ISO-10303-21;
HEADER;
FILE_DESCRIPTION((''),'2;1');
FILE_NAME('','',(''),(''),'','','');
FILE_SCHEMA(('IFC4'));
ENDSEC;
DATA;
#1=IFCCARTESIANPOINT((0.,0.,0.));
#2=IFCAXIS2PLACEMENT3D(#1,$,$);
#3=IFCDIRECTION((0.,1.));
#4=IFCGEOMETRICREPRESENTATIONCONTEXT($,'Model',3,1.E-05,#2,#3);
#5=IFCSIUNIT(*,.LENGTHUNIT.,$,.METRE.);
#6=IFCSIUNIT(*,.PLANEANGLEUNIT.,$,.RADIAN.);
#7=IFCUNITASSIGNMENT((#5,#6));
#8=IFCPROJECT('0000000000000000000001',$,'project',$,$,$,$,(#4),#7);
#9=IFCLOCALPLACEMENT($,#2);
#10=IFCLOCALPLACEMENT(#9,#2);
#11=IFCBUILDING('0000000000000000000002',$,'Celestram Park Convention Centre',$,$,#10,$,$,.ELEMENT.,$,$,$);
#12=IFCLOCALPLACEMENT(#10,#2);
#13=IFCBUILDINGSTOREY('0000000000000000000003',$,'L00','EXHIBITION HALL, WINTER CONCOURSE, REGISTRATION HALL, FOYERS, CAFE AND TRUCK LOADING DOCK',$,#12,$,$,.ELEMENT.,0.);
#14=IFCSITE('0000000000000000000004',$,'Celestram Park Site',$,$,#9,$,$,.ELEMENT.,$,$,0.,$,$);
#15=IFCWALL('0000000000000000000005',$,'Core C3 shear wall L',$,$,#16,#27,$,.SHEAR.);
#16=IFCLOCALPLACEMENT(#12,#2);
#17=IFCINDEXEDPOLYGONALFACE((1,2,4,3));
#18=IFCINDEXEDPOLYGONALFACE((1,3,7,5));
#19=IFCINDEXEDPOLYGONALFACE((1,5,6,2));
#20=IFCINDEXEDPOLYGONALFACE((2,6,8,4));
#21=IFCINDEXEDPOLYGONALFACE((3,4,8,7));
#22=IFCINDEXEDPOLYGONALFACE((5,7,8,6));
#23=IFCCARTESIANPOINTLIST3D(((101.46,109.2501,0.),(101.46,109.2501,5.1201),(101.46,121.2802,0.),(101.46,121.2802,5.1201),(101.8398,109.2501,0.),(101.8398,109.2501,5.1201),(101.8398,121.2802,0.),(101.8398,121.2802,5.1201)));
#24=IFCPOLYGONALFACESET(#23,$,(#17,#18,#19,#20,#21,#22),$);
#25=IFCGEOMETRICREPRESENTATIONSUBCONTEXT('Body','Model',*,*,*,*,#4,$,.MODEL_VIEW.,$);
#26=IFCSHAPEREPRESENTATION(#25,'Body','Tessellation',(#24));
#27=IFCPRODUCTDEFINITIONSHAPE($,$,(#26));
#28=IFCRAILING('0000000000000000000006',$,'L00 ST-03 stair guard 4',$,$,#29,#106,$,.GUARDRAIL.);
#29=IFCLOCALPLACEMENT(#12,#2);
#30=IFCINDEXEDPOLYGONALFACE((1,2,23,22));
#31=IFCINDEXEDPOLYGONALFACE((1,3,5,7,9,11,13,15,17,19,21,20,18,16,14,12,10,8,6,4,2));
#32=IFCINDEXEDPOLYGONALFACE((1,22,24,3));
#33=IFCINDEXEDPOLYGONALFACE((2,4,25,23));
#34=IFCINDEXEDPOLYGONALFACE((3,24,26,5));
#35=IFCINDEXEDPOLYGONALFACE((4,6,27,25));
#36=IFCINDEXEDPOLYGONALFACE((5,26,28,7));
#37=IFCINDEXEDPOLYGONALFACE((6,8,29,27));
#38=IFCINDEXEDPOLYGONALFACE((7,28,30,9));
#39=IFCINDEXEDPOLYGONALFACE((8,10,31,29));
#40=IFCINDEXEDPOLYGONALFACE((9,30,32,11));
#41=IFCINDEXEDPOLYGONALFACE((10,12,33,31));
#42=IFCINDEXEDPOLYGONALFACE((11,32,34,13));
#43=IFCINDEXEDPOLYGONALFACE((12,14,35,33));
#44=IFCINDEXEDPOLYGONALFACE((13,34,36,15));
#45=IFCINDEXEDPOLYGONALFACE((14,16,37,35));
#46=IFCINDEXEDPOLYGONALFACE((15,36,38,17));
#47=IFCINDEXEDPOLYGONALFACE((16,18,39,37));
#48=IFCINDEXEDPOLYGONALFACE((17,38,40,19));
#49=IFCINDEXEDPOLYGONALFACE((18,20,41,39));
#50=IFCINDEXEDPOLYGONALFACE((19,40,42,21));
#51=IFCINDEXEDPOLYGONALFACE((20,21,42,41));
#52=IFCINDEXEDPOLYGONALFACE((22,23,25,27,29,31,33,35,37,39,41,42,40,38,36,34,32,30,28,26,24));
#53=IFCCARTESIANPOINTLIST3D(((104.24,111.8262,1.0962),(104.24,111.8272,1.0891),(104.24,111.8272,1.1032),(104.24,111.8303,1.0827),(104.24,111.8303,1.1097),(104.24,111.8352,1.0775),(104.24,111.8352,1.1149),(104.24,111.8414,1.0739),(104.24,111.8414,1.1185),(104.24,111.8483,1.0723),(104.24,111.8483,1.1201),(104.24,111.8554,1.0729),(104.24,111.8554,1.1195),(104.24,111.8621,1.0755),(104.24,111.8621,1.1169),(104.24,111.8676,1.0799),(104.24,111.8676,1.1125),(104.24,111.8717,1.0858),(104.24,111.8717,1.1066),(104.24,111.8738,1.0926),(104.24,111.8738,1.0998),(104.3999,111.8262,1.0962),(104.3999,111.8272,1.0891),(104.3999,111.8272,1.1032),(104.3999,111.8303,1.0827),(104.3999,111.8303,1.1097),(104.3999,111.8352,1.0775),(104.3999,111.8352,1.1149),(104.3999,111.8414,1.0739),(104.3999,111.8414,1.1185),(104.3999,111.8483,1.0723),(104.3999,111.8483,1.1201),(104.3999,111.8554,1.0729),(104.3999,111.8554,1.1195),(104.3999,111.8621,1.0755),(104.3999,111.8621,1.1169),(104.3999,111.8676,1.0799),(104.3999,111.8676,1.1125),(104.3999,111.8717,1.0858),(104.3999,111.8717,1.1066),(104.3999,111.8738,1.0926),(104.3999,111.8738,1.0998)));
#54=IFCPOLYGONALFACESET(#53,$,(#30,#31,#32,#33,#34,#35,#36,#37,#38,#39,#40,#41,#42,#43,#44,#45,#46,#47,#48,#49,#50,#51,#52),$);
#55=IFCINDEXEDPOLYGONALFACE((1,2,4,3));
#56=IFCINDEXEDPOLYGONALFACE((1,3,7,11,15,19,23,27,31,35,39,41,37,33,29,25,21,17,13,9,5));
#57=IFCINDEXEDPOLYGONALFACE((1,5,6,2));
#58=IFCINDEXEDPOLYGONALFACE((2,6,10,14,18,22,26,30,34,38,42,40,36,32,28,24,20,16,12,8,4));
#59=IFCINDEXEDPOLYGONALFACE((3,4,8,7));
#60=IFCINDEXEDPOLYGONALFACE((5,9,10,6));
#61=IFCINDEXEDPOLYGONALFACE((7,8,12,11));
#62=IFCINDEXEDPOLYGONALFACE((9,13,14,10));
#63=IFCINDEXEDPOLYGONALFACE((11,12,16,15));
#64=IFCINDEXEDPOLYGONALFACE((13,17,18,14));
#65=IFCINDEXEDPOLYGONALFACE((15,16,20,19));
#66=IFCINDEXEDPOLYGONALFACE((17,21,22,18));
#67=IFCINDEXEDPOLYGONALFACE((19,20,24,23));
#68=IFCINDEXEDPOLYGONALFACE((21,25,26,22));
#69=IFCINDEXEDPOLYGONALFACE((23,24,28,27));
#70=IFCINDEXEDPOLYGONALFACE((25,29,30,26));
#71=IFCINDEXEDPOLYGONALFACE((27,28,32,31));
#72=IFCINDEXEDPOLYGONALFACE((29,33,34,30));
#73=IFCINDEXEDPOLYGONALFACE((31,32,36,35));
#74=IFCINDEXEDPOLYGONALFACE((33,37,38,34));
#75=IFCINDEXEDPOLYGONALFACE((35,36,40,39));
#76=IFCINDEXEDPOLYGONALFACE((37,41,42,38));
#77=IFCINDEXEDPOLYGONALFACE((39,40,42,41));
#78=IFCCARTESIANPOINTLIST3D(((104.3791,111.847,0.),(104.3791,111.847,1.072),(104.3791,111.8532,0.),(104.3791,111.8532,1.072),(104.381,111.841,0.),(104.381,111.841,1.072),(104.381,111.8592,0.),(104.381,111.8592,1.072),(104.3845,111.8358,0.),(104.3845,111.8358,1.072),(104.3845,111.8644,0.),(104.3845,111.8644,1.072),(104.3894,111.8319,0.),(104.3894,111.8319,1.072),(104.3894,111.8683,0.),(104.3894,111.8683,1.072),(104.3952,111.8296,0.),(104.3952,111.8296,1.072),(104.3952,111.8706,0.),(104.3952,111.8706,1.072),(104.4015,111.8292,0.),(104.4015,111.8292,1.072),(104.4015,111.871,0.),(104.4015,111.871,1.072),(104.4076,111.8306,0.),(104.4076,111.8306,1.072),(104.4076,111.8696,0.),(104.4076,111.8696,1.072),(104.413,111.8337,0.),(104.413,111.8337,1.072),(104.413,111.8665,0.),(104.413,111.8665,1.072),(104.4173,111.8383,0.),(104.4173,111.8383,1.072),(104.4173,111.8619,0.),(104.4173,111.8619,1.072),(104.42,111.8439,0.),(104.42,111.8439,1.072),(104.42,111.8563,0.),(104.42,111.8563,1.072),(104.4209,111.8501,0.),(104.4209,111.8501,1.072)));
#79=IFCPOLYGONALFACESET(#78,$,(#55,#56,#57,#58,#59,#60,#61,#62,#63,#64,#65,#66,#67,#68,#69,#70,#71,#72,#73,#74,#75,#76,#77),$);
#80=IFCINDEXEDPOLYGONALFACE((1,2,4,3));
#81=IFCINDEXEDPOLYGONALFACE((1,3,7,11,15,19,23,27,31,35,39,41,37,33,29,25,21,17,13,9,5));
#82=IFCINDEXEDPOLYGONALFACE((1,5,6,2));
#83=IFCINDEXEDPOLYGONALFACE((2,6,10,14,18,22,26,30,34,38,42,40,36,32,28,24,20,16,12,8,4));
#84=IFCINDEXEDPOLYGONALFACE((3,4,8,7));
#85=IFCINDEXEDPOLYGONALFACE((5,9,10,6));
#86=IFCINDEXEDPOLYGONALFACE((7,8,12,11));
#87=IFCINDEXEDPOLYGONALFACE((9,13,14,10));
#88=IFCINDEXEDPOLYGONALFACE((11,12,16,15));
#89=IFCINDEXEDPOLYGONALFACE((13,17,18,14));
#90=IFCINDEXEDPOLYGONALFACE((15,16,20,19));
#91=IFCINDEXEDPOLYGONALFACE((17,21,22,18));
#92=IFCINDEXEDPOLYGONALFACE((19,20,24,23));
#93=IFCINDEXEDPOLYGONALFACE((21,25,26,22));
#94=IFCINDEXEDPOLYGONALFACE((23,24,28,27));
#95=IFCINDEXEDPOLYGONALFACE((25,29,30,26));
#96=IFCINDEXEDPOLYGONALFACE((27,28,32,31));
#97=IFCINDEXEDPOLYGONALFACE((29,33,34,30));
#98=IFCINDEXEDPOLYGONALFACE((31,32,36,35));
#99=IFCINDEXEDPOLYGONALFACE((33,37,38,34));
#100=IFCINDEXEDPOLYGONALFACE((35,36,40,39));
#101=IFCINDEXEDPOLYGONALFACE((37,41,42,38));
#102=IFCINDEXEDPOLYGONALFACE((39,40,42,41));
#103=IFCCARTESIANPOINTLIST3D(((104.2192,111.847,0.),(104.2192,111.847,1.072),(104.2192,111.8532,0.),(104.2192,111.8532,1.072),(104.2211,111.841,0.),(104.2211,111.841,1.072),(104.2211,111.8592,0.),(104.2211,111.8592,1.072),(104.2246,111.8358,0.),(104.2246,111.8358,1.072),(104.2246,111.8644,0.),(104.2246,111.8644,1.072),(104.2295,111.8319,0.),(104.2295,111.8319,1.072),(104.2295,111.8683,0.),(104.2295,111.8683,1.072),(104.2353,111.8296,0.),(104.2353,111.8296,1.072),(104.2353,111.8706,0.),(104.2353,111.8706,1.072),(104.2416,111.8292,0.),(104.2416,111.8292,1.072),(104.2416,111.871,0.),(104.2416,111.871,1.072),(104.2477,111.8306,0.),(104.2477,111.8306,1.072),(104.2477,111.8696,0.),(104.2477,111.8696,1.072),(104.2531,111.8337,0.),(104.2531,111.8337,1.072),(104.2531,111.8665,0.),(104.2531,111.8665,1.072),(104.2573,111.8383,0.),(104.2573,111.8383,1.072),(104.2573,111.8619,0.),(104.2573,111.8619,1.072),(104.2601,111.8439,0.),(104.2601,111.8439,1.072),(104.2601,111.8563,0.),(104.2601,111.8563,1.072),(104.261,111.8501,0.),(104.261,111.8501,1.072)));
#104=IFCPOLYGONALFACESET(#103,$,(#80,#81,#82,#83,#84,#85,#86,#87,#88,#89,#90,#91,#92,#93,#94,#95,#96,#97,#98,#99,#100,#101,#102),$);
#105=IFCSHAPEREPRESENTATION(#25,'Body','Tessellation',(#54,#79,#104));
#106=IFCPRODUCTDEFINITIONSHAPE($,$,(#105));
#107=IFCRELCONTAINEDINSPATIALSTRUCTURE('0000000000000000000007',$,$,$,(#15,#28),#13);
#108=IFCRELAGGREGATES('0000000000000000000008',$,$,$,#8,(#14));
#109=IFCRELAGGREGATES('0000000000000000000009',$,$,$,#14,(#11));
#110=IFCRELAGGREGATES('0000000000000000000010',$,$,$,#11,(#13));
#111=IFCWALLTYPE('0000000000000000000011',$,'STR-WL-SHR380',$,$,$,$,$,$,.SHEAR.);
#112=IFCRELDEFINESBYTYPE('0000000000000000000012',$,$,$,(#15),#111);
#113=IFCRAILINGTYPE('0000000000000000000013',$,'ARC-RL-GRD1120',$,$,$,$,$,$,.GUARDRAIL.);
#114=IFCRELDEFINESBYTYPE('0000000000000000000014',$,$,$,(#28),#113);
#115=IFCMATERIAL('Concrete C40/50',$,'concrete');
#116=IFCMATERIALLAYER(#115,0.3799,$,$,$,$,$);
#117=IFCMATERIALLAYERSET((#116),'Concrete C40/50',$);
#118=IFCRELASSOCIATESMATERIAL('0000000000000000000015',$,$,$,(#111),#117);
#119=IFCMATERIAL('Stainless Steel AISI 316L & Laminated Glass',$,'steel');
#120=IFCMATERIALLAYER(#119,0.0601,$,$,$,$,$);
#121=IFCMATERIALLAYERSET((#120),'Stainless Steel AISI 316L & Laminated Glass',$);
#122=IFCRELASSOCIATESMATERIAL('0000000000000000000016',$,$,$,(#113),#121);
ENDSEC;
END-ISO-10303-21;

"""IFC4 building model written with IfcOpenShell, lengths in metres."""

from ifc_helpers import new_model, si_unit, direction, frame, frame_2d, origin, origin_2d, place, context, subcontext, project, spatial, rectangle, circle, extrude, material, layer, layer_set, type_object, element, save


model = new_model("IFC4")

# Units and contexts
model_context = context("Model", 3, precision=1e-05, world=origin(), true_north=direction((0.0, 1.0)))
body_context = subcontext(model_context, "Body", "Model", "MODEL_VIEW")
ifc_project = project(units=[si_unit("LENGTHUNIT", "METRE"), si_unit("PLANEANGLEUNIT", "RADIAN")], contexts=[model_context])

# Site, building, storey
site_placement = place(None, origin())
site = spatial("IfcSite", under=ifc_project, at=site_placement, Name="Celestram Park Site", CompositionType="ELEMENT", RefElevation=0.0)
building_placement = place(site_placement, origin())
building = spatial("IfcBuilding", under=site, at=building_placement, Name="Celestram Park Convention Centre", CompositionType="ELEMENT")
storey_placement = place(building_placement, origin())
storey = spatial("IfcBuildingStorey", under=building, at=storey_placement, Name="L00", Description="EXHIBITION HALL, WINTER CONCOURSE, REGISTRATION HALL, FOYERS, CAFE AND TRUCK LOADING DOCK", CompositionType="ELEMENT", Elevation=0.0)

# Shared definitions
ifc_material_1 = material(Name="Concrete C40/50", Category="concrete")

# Wall
ifc_layer_1 = layer(ifc_material_1, 0.3799)
ifc_layer_set_1 = layer_set([ifc_layer_1], Name="Concrete C40/50")
wall_type_1 = type_object("IfcWallType", Name="STR-WL-SHR380", PredefinedType="SHEAR", material=ifc_layer_set_1)
wall_1_placement = place(storey_placement, frame((101.6499, 109.25, 0.0), z_axis=(0.0, 0.0, 1.0), x_axis=(0.0, 1.0, 0.0)))
element("IfcWall", 1, at=wall_1_placement, inside=storey, type_object=wall_type_1, Name="Core C3 shear wall L", PredefinedType="SHEAR", context=body_context, shape_type="SweptSolid", body=[
    extrude(rectangle(XDim=12.03, YDim=0.3799, at=frame_2d((6.0151, 0.0))), origin(), (0.0, 0.0, 1.0), 5.1201),
])

# Railing
ifc_material_2 = material(Name="Stainless Steel AISI 316L & Laminated Glass", Category="steel")
ifc_layer_2 = layer(ifc_material_2, 0.0601)
ifc_layer_set_2 = layer_set([ifc_layer_2], Name="Stainless Steel AISI 316L & Laminated Glass")
railing_type = type_object("IfcRailingType", Name="ARC-RL-GRD1120", PredefinedType="GUARDRAIL", material=ifc_layer_set_2)
railing_placement = place(storey_placement, frame((104.3999, 111.8501, 0.0)))
element("IfcRailing", 2, at=railing_placement, inside=storey, type_object=railing_type, Name="L00 ST-03 stair guard 4", PredefinedType="GUARDRAIL", context=body_context, shape_type="SweptSolid", body=[
    extrude(circle(Radius=0.0239, at=origin_2d()), frame((0.0, 0.0, 1.0962), z_axis=(-1.0, 0.0, 0.0), x_axis=(0.0, -1.0, 0.0)), (0.0, 0.0, 1.0), 0.1599),
    extrude(circle(Radius=0.021, at=origin_2d()), origin(), (0.0, 0.0, 1.0), 1.072),
    extrude(circle(Radius=0.021, at=origin_2d()), frame((-0.1599, 0.0, 0.0)), (0.0, 0.0, 1.0), 1.072),
])

save(model, "model.ifc")
